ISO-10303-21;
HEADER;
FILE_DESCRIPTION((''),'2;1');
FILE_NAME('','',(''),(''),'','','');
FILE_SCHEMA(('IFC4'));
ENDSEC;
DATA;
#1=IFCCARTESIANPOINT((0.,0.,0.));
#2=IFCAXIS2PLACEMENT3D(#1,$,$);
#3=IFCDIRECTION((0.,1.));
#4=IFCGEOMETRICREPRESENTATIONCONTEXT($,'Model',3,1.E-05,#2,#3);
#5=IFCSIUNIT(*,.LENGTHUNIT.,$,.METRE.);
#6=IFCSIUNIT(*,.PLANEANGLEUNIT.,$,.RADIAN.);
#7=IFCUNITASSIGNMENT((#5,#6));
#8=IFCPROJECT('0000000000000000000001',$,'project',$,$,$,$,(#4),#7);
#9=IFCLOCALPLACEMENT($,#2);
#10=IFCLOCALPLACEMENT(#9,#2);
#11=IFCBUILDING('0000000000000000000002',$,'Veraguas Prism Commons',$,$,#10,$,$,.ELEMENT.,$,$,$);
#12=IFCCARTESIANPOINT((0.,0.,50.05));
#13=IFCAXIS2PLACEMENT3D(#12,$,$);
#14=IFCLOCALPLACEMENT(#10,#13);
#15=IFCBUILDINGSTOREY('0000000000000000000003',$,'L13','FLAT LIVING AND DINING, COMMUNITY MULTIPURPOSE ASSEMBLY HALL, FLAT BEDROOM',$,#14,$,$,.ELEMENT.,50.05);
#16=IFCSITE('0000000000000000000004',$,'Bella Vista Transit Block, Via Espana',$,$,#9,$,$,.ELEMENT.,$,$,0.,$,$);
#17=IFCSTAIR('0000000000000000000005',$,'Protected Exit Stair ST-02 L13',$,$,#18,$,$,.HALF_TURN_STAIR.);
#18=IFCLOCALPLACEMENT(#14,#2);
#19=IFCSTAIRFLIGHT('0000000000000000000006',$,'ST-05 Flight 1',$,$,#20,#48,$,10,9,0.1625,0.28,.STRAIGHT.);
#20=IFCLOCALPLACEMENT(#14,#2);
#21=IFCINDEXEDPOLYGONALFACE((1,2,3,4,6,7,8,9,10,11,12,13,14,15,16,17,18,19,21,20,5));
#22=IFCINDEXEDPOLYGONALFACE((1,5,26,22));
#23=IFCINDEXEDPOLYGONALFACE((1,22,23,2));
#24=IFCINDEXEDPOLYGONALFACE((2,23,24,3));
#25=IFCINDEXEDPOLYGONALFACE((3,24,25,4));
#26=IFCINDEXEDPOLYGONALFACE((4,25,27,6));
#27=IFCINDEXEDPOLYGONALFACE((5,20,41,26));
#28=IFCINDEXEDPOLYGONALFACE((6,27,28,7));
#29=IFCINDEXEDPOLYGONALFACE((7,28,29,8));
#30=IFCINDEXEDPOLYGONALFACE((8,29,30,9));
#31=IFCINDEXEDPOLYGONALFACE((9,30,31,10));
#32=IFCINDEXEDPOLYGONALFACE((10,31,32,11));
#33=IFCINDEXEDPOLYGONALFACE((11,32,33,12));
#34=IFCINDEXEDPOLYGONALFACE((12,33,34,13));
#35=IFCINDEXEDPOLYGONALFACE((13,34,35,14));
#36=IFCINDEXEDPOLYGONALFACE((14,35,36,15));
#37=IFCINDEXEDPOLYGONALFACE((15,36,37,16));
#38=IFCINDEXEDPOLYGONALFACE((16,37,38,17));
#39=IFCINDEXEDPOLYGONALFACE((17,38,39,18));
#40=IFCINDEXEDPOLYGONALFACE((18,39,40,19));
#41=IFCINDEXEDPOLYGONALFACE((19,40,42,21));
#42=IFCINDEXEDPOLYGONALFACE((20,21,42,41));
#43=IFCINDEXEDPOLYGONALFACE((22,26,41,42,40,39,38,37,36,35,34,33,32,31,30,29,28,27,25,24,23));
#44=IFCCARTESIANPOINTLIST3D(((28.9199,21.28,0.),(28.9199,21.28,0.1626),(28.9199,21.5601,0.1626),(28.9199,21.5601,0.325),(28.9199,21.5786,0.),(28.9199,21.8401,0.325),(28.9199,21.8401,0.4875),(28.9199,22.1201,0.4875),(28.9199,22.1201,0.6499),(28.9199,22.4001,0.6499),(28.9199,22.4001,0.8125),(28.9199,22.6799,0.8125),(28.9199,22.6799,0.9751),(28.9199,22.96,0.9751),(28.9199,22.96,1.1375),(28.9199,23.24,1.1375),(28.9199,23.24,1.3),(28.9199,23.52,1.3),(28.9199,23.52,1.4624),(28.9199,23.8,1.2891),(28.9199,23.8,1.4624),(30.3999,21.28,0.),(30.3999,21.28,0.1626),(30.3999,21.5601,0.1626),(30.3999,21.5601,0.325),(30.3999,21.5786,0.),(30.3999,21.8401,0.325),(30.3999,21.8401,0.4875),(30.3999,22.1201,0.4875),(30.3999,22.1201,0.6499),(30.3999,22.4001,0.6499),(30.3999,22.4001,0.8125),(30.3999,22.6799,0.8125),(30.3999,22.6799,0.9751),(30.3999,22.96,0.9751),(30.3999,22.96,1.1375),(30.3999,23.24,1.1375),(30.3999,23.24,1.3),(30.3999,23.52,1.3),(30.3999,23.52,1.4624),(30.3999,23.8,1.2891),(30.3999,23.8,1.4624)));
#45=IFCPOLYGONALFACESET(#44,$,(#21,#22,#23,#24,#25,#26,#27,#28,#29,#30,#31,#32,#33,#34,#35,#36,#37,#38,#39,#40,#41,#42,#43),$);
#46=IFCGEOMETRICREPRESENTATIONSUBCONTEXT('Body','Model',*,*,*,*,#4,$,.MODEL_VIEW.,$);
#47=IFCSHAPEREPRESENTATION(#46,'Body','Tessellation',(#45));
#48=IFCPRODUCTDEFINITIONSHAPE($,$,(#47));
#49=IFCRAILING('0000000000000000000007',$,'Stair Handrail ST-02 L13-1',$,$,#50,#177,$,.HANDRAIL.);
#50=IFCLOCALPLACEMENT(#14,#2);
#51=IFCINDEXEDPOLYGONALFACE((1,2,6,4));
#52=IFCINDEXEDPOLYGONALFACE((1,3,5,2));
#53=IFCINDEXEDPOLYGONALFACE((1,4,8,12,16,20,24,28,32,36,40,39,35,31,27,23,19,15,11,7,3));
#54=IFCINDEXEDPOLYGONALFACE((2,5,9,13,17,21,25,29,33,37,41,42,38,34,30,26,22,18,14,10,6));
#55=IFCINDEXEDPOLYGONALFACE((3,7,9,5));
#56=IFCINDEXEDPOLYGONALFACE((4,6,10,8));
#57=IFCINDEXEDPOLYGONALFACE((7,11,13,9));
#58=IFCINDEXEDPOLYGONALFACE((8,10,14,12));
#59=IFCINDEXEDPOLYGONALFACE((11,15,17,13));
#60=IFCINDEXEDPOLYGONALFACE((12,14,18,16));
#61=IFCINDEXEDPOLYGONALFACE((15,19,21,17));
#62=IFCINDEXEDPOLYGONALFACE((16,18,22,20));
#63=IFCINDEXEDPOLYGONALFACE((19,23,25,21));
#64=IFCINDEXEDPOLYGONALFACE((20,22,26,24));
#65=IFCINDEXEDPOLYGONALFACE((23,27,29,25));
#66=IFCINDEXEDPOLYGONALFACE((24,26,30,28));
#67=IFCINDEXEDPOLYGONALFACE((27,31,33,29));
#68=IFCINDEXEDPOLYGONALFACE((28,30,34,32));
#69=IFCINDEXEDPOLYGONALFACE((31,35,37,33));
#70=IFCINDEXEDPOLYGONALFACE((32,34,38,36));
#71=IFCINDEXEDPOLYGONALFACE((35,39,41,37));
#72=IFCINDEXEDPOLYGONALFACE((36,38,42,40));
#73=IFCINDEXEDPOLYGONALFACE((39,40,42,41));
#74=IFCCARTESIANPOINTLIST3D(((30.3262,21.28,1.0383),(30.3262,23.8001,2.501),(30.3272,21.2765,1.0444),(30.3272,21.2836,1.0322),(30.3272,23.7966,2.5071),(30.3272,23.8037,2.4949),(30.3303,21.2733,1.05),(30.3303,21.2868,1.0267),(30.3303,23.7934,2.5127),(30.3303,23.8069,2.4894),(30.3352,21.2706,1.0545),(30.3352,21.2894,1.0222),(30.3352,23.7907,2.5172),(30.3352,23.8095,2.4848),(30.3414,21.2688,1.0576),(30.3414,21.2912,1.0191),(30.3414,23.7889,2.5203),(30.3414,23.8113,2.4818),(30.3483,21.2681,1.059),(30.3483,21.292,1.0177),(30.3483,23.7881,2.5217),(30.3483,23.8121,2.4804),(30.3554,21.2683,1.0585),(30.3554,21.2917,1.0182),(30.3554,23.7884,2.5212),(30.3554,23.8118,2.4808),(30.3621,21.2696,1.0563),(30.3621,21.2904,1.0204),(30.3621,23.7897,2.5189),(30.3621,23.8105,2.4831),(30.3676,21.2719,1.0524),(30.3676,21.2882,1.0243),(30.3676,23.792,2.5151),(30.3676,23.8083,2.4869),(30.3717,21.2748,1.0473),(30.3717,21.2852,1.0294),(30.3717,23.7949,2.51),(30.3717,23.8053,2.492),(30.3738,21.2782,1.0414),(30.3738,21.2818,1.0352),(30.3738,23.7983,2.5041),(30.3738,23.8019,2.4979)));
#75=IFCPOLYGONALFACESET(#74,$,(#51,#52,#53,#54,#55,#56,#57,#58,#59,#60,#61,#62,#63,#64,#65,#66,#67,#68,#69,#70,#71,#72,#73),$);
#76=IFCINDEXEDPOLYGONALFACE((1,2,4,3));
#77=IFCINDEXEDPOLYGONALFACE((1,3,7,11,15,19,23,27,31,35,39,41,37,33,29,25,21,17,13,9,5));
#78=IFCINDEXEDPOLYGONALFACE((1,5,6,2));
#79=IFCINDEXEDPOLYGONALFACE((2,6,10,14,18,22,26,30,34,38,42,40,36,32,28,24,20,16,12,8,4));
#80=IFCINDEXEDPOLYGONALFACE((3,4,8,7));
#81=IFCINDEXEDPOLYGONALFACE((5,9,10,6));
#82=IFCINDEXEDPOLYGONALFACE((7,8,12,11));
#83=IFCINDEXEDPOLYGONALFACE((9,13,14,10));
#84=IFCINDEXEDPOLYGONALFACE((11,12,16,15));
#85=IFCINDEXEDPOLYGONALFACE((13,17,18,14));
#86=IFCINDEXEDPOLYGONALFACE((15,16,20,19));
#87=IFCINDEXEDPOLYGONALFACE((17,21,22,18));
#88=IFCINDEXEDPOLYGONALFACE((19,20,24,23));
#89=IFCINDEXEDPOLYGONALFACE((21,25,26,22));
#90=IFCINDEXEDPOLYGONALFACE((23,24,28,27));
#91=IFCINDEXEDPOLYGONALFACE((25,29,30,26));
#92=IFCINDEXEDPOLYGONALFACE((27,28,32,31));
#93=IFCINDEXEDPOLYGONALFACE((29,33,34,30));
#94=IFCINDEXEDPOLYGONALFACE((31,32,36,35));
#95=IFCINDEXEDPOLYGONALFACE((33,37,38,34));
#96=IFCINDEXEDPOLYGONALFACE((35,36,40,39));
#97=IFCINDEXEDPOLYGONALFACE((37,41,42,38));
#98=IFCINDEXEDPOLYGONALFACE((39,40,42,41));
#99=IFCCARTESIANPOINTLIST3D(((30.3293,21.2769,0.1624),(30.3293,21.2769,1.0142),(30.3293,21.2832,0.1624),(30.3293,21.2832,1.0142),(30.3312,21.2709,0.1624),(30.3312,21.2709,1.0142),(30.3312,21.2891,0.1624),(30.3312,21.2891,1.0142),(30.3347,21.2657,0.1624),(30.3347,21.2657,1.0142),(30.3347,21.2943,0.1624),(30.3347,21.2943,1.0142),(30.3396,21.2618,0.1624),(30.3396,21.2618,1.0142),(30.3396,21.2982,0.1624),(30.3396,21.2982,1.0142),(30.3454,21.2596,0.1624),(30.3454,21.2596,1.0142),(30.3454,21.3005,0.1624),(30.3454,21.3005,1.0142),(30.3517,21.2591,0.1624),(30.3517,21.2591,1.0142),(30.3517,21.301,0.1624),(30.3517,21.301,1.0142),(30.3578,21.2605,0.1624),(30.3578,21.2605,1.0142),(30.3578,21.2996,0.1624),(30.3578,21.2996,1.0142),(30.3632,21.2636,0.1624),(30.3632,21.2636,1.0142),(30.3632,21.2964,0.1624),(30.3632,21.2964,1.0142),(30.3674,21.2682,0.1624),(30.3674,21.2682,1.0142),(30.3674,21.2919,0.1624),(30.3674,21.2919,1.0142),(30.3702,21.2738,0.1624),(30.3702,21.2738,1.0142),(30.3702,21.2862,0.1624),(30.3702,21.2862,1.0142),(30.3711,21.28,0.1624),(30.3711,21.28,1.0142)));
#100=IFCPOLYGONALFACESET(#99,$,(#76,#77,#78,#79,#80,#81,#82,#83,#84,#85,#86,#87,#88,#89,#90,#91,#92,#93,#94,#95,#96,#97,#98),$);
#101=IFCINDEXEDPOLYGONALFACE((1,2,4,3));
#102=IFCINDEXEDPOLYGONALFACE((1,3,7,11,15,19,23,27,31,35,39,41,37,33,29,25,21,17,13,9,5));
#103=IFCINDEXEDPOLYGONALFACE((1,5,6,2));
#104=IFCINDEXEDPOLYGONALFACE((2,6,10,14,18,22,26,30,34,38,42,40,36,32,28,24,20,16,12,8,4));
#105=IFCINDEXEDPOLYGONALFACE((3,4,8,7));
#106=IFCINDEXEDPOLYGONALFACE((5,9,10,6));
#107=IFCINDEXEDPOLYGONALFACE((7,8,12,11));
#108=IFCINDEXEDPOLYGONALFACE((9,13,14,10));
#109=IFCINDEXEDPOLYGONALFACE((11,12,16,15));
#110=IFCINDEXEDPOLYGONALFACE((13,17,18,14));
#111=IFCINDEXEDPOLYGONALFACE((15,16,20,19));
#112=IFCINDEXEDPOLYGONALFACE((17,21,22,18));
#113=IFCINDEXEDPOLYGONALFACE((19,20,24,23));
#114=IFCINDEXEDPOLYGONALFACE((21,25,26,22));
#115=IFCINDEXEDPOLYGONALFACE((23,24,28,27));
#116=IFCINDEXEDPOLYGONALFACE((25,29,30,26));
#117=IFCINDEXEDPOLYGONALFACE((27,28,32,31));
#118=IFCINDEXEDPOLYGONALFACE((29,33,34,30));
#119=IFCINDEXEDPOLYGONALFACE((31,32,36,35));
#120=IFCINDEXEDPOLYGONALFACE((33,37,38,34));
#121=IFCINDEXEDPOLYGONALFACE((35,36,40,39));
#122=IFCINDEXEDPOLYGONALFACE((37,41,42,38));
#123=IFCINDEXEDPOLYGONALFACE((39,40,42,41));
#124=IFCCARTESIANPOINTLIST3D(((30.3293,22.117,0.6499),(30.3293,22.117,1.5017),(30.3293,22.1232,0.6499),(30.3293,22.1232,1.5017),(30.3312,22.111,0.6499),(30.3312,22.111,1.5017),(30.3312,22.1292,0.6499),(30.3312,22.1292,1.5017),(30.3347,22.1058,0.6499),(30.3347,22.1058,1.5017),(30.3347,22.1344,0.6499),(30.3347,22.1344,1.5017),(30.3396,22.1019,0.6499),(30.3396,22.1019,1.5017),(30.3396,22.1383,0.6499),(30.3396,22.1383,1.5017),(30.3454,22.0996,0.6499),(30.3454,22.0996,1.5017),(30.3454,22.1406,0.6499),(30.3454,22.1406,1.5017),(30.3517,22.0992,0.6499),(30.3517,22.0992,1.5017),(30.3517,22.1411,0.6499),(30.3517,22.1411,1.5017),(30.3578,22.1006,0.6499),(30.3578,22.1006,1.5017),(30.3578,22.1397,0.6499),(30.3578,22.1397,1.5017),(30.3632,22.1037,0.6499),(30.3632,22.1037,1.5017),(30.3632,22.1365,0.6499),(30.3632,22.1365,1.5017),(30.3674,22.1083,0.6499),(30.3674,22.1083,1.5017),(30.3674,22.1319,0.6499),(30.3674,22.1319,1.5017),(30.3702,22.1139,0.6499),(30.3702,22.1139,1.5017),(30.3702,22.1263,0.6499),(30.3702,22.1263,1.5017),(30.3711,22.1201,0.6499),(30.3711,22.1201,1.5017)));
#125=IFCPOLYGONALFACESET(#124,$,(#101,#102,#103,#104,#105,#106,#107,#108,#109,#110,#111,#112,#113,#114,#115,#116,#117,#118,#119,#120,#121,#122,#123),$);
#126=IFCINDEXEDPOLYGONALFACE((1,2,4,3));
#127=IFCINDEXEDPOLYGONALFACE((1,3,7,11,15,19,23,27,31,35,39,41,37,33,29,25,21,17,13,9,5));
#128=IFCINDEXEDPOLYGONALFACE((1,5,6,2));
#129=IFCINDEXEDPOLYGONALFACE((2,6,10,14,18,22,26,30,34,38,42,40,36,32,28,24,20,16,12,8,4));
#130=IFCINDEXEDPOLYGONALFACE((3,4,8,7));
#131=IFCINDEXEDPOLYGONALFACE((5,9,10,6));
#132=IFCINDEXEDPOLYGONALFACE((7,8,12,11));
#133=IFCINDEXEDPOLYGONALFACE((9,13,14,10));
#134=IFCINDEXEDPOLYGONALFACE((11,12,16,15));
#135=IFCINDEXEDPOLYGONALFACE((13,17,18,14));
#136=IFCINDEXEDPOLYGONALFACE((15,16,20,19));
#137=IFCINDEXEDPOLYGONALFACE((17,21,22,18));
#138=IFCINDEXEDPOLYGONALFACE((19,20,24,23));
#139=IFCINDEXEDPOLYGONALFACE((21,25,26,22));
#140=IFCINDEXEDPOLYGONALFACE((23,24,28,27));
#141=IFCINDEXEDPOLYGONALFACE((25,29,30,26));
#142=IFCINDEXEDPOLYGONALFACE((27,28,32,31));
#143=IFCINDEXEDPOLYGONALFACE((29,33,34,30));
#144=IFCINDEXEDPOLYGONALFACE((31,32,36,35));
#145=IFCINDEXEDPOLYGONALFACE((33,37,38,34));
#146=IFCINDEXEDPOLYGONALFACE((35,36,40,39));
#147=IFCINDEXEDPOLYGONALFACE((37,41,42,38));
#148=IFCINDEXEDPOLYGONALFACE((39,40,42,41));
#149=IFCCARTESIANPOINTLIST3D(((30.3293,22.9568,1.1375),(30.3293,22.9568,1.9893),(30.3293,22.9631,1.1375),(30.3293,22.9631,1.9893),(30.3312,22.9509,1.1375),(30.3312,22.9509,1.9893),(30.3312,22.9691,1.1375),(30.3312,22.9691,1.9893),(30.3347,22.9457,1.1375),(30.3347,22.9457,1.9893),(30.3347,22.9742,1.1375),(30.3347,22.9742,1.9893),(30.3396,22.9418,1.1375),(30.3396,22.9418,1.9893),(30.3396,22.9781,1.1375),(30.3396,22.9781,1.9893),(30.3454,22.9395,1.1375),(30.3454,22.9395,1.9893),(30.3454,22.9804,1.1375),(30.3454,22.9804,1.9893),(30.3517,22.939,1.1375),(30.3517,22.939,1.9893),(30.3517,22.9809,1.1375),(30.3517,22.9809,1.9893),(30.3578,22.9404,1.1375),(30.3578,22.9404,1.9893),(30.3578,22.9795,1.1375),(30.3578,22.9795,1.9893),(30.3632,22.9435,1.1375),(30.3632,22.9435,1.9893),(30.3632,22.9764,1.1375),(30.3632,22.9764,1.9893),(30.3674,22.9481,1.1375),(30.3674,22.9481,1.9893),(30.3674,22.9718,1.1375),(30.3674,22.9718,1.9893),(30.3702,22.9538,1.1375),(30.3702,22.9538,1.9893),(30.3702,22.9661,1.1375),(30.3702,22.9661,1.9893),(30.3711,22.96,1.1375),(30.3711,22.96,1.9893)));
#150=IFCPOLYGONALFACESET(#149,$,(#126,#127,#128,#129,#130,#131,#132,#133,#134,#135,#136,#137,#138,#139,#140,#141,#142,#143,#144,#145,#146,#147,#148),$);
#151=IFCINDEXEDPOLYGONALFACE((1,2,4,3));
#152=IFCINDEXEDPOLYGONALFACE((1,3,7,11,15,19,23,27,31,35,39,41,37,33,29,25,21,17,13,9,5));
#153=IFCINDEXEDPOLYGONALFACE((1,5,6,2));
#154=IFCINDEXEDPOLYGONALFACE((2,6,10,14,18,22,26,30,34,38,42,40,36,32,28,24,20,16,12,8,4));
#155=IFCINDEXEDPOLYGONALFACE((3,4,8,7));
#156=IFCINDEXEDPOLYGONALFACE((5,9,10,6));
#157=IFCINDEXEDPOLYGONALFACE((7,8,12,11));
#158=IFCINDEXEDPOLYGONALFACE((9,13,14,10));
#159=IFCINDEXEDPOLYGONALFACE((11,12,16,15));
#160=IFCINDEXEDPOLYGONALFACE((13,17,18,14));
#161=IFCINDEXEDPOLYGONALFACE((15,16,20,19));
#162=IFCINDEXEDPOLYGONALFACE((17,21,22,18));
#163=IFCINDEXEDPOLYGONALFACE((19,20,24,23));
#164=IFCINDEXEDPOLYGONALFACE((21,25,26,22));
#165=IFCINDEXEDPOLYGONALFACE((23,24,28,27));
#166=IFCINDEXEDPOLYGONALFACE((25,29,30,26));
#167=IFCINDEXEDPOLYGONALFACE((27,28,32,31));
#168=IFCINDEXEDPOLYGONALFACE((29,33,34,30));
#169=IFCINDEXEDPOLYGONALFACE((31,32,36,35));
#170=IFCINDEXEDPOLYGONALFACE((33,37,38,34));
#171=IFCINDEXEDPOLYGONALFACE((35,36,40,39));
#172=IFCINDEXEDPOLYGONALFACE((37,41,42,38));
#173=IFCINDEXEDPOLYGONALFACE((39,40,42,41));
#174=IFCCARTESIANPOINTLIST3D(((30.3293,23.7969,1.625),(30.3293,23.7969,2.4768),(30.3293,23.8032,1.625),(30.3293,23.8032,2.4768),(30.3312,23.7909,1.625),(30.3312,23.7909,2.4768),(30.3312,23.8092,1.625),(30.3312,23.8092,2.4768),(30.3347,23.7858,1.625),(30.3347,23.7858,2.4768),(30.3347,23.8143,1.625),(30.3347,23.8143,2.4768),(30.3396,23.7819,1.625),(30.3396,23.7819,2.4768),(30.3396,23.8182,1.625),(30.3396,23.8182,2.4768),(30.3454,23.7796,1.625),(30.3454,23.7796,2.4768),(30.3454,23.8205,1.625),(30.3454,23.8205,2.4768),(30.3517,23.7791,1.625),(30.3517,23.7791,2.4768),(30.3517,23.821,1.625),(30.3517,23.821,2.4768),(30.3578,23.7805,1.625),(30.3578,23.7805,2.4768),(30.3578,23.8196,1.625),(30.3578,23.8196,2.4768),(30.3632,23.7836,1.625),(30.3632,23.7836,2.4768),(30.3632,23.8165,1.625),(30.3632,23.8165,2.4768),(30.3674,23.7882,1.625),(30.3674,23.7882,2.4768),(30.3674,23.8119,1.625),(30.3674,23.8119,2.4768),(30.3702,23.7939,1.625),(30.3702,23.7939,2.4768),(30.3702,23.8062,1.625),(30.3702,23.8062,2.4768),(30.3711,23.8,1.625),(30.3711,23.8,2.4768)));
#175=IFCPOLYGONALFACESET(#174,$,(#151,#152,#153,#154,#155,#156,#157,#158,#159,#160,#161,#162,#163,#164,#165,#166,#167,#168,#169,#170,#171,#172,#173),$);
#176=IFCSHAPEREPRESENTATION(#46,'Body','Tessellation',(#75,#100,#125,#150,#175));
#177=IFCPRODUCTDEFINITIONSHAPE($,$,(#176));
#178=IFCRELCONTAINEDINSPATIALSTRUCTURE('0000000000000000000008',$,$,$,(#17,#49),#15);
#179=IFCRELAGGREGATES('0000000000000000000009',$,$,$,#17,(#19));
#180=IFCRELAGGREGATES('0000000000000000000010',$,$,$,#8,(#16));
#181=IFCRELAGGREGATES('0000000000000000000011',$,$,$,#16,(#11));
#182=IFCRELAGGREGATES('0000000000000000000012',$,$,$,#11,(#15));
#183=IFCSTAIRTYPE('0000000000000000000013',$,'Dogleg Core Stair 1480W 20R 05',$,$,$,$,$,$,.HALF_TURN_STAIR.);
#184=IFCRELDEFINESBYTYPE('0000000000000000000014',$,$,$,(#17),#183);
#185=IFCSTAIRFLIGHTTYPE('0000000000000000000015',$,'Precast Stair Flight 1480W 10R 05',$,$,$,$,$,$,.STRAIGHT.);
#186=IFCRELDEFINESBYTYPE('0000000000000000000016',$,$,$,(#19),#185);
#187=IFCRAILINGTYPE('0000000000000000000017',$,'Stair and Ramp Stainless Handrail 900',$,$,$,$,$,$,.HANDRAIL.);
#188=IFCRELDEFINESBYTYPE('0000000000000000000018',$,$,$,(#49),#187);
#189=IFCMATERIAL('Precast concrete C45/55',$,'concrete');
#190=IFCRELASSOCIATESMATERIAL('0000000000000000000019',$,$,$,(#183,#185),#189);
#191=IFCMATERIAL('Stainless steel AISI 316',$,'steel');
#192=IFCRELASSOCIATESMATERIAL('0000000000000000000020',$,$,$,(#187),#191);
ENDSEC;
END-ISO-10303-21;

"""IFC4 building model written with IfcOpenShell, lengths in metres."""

from ifc_helpers import new_model, si_unit, direction, frame, origin, origin_2d, place, context, subcontext, project, spatial, polyline, circle, outline, extrude, material, type_object, element, aggregate, save


model = new_model("IFC4")

# Units and contexts
model_context = context("Model", 3, precision=1e-05, world=origin(), true_north=direction((0.0, 1.0)))
body_context = subcontext(model_context, "Body", "Model", "MODEL_VIEW")
ifc_project = project(units=[si_unit("LENGTHUNIT", "METRE"), si_unit("PLANEANGLEUNIT", "RADIAN")], contexts=[model_context])

# Site, building, storey
site_placement = place(None, origin())
site = spatial("IfcSite", under=ifc_project, at=site_placement, Name="Bella Vista Transit Block, Via Espana", CompositionType="ELEMENT", RefElevation=0.0)
building_placement = place(site_placement, origin())
building = spatial("IfcBuilding", under=site, at=building_placement, Name="Veraguas Prism Commons", CompositionType="ELEMENT")
storey_placement = place(building_placement, frame((0.0, 0.0, 50.05)))
storey = spatial("IfcBuildingStorey", under=building, at=storey_placement, Name="L13", Description="FLAT LIVING AND DINING, COMMUNITY MULTIPURPOSE ASSEMBLY HALL, FLAT BEDROOM", CompositionType="ELEMENT", Elevation=50.05)

# Shared definitions
ifc_material_1 = material(Name="Stainless steel AISI 316", Category="steel")

# Stair, stair flight
ifc_material_2 = material(Name="Precast concrete C45/55", Category="concrete")
stair_type = type_object("IfcStairType", Name="Dogleg Core Stair 1480W 20R 05", PredefinedType="HALF_TURN_STAIR", material=ifc_material_2)
stair_placement = place(storey_placement, origin())
stair = element("IfcStair", 1, at=stair_placement, inside=storey, type_object=stair_type, Name="Protected Exit Stair ST-02 L13", PredefinedType="HALF_TURN_STAIR")
stair_flight_type = type_object("IfcStairFlightType", Name="Precast Stair Flight 1480W 10R 05", PredefinedType="STRAIGHT", material=ifc_material_2)
stair_flight_placement = place(storey_placement, frame((29.6599, 21.28, 0.0), z_axis=(0.0, 0.0, 1.0), x_axis=(0.0, 1.0, 0.0)))
stair_flight = element("IfcStairFlight", 2, at=stair_flight_placement, type_object=stair_flight_type, Name="ST-05 Flight 1", NumberOfRisers=10, NumberOfTreads=9, PredefinedType="STRAIGHT", RiserHeight=0.1625, TreadLength=0.28, context=body_context, shape_type="SweptSolid", body=[
    extrude(outline(polyline([(0.0, 0.0), (0.0, 0.1626), (0.28, 0.1626), (0.28, 0.325), (0.5601, 0.325), (0.5601, 0.4875), (0.8401, 0.4875), (0.8401, 0.6499), (1.1201, 0.6499), (1.1201, 0.8125), (1.3999, 0.8125), (1.3999, 0.9751), (1.6799, 0.9751), (1.6799, 1.1375), (1.96, 1.1375), (1.96, 1.3), (2.24, 1.3), (2.24, 1.4624), (2.52, 1.4624), (2.52, 1.625), (2.52, 1.2891), (0.2986, 0.0), (0.0, 0.0)])), frame((0.0, 0.74, 0.0), z_axis=(0.0, -1.0, 0.0), x_axis=(1.0, 0.0, 0.0)), (0.0, 0.0, 1.0), 1.48),
])
aggregate(stair, [stair_flight])

# Railing
railing_type_1 = type_object("IfcRailingType", Name="Stair and Ramp Stainless Handrail 900", PredefinedType="HANDRAIL", material=ifc_material_1)
railing_1_placement = place(storey_placement, frame((30.3501, 21.28, 0.1624)))
element("IfcRailing", 3, at=railing_1_placement, inside=storey, type_object=railing_type_1, Name="Stair Handrail ST-02 L13-1", PredefinedType="HANDRAIL", context=body_context, shape_type="SweptSolid", body=[
    extrude(circle(Radius=0.0239, at=origin_2d()), frame((0.0, 0.0, 0.876), z_axis=(0.0, 0.864877, 0.501984), x_axis=(-1.0, 0.0, 0.0)), (0.0, 0.0, 1.0), 2.9138),
    extrude(circle(Radius=0.021, at=origin_2d()), origin(), (0.0, 0.0, 1.0), 0.8518),
    extrude(circle(Radius=0.021, at=origin_2d()), frame((0.0, 0.8401, 0.4875)), (0.0, 0.0, 1.0), 0.8518),
    extrude(circle(Radius=0.021, at=origin_2d()), frame((0.0, 1.6799, 0.9751)), (0.0, 0.0, 1.0), 0.8518),
    extrude(circle(Radius=0.021, at=origin_2d()), frame((0.0, 2.52, 1.4626)), (0.0, 0.0, 1.0), 0.8518),
])

save(model, "model.ifc")
